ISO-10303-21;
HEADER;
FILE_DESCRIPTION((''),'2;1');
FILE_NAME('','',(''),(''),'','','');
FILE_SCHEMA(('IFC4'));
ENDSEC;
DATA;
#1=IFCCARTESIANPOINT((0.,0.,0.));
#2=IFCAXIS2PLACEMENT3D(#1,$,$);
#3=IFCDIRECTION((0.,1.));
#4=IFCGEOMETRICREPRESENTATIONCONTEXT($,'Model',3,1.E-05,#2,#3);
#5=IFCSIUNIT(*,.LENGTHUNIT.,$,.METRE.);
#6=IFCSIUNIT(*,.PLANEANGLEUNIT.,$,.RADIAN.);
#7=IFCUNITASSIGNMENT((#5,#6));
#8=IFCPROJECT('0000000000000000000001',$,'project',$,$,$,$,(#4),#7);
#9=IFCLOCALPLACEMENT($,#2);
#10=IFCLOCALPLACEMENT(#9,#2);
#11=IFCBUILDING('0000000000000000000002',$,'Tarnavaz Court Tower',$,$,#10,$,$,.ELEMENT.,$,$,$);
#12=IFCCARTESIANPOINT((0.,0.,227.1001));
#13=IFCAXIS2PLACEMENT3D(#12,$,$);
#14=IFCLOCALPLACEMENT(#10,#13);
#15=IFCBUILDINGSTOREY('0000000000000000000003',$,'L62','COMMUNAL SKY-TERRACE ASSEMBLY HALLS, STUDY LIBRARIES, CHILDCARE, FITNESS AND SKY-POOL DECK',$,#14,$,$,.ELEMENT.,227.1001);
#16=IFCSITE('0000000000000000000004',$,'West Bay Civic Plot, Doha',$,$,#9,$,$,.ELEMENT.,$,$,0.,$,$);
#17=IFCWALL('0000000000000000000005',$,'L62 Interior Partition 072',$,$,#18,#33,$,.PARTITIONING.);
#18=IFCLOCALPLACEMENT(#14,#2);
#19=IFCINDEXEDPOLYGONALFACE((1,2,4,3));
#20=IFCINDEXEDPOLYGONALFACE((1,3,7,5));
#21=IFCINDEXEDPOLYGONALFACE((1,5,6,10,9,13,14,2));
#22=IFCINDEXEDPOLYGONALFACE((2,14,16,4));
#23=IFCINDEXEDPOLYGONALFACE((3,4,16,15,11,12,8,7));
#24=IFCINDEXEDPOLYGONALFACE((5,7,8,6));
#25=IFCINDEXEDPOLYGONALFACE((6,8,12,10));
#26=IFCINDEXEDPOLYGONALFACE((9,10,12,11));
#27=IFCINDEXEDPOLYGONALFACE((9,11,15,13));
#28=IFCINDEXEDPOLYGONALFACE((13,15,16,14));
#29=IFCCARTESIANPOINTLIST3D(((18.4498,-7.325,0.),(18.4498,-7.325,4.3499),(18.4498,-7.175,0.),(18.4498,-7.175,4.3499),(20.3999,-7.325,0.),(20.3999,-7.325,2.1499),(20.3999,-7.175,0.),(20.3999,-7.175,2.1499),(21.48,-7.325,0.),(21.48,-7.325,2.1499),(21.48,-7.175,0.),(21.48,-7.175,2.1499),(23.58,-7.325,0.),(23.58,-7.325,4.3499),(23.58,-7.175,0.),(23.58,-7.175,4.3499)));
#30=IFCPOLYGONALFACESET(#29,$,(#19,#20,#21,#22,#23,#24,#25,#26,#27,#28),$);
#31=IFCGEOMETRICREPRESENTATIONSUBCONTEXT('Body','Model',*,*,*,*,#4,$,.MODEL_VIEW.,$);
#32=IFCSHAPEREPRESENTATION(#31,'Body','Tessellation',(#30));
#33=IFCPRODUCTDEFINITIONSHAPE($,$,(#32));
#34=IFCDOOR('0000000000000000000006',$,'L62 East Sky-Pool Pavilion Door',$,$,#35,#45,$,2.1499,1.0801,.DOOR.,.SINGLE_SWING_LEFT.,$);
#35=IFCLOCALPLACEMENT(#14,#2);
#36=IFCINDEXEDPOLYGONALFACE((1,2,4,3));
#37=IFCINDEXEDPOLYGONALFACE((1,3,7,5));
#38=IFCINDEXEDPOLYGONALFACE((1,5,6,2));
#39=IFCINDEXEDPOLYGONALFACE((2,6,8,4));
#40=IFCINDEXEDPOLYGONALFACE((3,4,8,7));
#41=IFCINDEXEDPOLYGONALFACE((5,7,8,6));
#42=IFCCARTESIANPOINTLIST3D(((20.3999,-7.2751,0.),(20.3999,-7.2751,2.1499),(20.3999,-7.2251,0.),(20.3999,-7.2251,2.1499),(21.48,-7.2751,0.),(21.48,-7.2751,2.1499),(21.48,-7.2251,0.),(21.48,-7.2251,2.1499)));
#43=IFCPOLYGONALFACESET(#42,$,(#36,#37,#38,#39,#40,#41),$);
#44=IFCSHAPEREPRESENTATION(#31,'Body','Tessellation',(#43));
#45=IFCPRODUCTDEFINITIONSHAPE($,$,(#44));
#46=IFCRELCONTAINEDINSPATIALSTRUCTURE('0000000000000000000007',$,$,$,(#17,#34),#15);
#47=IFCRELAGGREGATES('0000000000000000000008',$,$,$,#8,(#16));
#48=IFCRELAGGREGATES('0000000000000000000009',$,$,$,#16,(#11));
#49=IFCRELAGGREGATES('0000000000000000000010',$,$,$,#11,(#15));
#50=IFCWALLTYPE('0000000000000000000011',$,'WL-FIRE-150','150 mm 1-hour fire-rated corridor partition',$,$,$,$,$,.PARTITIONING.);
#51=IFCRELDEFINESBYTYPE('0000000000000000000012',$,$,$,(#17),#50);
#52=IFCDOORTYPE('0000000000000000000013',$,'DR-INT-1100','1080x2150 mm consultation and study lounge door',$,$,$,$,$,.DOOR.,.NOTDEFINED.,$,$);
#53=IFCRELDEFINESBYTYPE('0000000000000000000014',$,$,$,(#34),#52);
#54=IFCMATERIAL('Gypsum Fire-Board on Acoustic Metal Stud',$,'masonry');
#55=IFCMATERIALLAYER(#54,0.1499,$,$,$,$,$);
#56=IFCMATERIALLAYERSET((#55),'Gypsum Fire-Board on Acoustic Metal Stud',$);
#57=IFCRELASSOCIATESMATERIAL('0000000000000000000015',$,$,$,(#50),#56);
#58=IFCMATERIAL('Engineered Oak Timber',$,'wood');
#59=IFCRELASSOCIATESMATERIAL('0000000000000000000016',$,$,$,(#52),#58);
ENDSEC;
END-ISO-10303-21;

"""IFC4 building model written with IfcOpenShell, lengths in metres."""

from ifc_helpers import new_model, si_unit, direction, frame, frame_2d, origin, place, context, subcontext, project, spatial, rectangle, extrude, material, layer, layer_set, type_object, element, fill, save


model = new_model("IFC4")

# Units and contexts
model_context = context("Model", 3, precision=1e-05, world=origin(), true_north=direction((0.0, 1.0)))
body_context = subcontext(model_context, "Body", "Model", "MODEL_VIEW")
ifc_project = project(units=[si_unit("LENGTHUNIT", "METRE"), si_unit("PLANEANGLEUNIT", "RADIAN")], contexts=[model_context])

# Site, building, storey
site_placement = place(None, origin())
site = spatial("IfcSite", under=ifc_project, at=site_placement, Name="West Bay Civic Plot, Doha", CompositionType="ELEMENT", RefElevation=0.0)
building_placement = place(site_placement, origin())
building = spatial("IfcBuilding", under=site, at=building_placement, Name="Tarnavaz Court Tower", CompositionType="ELEMENT")
storey_placement = place(building_placement, frame((0.0, 0.0, 227.1001)))
storey = spatial("IfcBuildingStorey", under=building, at=storey_placement, Name="L62", Description="COMMUNAL SKY-TERRACE ASSEMBLY HALLS, STUDY LIBRARIES, CHILDCARE, FITNESS AND SKY-POOL DECK", CompositionType="ELEMENT", Elevation=227.1001)

# Wall, opening, door
ifc_material_1 = material(Name="Gypsum Fire-Board on Acoustic Metal Stud", Category="masonry")
ifc_layer_1 = layer(ifc_material_1, 0.1499)
ifc_layer_set_1 = layer_set([ifc_layer_1], Name="Gypsum Fire-Board on Acoustic Metal Stud")
wall_type_1 = type_object("IfcWallType", Name="WL-FIRE-150", Description="150 mm 1-hour fire-rated corridor partition", PredefinedType="PARTITIONING", material=ifc_layer_set_1)
wall_1_placement = place(storey_placement, frame((18.45, -7.25, 0.0), z_axis=(0.0, 0.0, 1.0), x_axis=(1.0, 0.0, 0.0)))
wall_1 = element("IfcWall", 1, at=wall_1_placement, inside=storey, type_object=wall_type_1, Name="L62 Interior Partition 072", PredefinedType="PARTITIONING", context=body_context, shape_type="SweptSolid", body=[
    extrude(rectangle(XDim=5.1301, YDim=0.1499, at=frame_2d((2.5649, 0.0))), origin(), (0.0, 0.0, 1.0), 4.3499),
])
opening_1_placement = place(wall_1_placement, frame((1.95, 0.0, 0.0)))
opening_1 = element("IfcOpeningElement", 2, at=opening_1_placement, cuts=wall_1, PredefinedType="OPENING", context=body_context, shape_type="SweptSolid", body=[
    extrude(rectangle(XDim=1.0801, YDim=2.1499, at=frame_2d((0.54, 1.075))), frame((0.0, 0.085, 0.0), z_axis=(0.0, -1.0, 0.0), x_axis=(1.0, 0.0, 0.0)), (0.0, 0.0, 1.0), 0.1699),
])
ifc_material_2 = material(Name="Engineered Oak Timber", Category="wood")
door_type_1 = type_object("IfcDoorType", Name="DR-INT-1100", Description="1080x2150 mm consultation and study lounge door", OperationType="NOTDEFINED", PredefinedType="DOOR", material=ifc_material_2)
door_1_placement = place(opening_1_placement, origin())
door_1 = element("IfcDoor", 3, at=door_1_placement, inside=storey, type_object=door_type_1, Name="L62 East Sky-Pool Pavilion Door", OperationType="SINGLE_SWING_LEFT", OverallHeight=2.1499, OverallWidth=1.0801, PredefinedType="DOOR", context=body_context, shape_type="SweptSolid", body=[
    extrude(rectangle(XDim=1.0801, YDim=2.1499, at=frame_2d((0.54, 1.075))), frame((0.0, 0.0249, 0.0), z_axis=(0.0, -1.0, 0.0), x_axis=(1.0, 0.0, 0.0)), (0.0, 0.0, 1.0), 0.05),
])
fill(opening_1, door_1)

save(model, "model.ifc")
